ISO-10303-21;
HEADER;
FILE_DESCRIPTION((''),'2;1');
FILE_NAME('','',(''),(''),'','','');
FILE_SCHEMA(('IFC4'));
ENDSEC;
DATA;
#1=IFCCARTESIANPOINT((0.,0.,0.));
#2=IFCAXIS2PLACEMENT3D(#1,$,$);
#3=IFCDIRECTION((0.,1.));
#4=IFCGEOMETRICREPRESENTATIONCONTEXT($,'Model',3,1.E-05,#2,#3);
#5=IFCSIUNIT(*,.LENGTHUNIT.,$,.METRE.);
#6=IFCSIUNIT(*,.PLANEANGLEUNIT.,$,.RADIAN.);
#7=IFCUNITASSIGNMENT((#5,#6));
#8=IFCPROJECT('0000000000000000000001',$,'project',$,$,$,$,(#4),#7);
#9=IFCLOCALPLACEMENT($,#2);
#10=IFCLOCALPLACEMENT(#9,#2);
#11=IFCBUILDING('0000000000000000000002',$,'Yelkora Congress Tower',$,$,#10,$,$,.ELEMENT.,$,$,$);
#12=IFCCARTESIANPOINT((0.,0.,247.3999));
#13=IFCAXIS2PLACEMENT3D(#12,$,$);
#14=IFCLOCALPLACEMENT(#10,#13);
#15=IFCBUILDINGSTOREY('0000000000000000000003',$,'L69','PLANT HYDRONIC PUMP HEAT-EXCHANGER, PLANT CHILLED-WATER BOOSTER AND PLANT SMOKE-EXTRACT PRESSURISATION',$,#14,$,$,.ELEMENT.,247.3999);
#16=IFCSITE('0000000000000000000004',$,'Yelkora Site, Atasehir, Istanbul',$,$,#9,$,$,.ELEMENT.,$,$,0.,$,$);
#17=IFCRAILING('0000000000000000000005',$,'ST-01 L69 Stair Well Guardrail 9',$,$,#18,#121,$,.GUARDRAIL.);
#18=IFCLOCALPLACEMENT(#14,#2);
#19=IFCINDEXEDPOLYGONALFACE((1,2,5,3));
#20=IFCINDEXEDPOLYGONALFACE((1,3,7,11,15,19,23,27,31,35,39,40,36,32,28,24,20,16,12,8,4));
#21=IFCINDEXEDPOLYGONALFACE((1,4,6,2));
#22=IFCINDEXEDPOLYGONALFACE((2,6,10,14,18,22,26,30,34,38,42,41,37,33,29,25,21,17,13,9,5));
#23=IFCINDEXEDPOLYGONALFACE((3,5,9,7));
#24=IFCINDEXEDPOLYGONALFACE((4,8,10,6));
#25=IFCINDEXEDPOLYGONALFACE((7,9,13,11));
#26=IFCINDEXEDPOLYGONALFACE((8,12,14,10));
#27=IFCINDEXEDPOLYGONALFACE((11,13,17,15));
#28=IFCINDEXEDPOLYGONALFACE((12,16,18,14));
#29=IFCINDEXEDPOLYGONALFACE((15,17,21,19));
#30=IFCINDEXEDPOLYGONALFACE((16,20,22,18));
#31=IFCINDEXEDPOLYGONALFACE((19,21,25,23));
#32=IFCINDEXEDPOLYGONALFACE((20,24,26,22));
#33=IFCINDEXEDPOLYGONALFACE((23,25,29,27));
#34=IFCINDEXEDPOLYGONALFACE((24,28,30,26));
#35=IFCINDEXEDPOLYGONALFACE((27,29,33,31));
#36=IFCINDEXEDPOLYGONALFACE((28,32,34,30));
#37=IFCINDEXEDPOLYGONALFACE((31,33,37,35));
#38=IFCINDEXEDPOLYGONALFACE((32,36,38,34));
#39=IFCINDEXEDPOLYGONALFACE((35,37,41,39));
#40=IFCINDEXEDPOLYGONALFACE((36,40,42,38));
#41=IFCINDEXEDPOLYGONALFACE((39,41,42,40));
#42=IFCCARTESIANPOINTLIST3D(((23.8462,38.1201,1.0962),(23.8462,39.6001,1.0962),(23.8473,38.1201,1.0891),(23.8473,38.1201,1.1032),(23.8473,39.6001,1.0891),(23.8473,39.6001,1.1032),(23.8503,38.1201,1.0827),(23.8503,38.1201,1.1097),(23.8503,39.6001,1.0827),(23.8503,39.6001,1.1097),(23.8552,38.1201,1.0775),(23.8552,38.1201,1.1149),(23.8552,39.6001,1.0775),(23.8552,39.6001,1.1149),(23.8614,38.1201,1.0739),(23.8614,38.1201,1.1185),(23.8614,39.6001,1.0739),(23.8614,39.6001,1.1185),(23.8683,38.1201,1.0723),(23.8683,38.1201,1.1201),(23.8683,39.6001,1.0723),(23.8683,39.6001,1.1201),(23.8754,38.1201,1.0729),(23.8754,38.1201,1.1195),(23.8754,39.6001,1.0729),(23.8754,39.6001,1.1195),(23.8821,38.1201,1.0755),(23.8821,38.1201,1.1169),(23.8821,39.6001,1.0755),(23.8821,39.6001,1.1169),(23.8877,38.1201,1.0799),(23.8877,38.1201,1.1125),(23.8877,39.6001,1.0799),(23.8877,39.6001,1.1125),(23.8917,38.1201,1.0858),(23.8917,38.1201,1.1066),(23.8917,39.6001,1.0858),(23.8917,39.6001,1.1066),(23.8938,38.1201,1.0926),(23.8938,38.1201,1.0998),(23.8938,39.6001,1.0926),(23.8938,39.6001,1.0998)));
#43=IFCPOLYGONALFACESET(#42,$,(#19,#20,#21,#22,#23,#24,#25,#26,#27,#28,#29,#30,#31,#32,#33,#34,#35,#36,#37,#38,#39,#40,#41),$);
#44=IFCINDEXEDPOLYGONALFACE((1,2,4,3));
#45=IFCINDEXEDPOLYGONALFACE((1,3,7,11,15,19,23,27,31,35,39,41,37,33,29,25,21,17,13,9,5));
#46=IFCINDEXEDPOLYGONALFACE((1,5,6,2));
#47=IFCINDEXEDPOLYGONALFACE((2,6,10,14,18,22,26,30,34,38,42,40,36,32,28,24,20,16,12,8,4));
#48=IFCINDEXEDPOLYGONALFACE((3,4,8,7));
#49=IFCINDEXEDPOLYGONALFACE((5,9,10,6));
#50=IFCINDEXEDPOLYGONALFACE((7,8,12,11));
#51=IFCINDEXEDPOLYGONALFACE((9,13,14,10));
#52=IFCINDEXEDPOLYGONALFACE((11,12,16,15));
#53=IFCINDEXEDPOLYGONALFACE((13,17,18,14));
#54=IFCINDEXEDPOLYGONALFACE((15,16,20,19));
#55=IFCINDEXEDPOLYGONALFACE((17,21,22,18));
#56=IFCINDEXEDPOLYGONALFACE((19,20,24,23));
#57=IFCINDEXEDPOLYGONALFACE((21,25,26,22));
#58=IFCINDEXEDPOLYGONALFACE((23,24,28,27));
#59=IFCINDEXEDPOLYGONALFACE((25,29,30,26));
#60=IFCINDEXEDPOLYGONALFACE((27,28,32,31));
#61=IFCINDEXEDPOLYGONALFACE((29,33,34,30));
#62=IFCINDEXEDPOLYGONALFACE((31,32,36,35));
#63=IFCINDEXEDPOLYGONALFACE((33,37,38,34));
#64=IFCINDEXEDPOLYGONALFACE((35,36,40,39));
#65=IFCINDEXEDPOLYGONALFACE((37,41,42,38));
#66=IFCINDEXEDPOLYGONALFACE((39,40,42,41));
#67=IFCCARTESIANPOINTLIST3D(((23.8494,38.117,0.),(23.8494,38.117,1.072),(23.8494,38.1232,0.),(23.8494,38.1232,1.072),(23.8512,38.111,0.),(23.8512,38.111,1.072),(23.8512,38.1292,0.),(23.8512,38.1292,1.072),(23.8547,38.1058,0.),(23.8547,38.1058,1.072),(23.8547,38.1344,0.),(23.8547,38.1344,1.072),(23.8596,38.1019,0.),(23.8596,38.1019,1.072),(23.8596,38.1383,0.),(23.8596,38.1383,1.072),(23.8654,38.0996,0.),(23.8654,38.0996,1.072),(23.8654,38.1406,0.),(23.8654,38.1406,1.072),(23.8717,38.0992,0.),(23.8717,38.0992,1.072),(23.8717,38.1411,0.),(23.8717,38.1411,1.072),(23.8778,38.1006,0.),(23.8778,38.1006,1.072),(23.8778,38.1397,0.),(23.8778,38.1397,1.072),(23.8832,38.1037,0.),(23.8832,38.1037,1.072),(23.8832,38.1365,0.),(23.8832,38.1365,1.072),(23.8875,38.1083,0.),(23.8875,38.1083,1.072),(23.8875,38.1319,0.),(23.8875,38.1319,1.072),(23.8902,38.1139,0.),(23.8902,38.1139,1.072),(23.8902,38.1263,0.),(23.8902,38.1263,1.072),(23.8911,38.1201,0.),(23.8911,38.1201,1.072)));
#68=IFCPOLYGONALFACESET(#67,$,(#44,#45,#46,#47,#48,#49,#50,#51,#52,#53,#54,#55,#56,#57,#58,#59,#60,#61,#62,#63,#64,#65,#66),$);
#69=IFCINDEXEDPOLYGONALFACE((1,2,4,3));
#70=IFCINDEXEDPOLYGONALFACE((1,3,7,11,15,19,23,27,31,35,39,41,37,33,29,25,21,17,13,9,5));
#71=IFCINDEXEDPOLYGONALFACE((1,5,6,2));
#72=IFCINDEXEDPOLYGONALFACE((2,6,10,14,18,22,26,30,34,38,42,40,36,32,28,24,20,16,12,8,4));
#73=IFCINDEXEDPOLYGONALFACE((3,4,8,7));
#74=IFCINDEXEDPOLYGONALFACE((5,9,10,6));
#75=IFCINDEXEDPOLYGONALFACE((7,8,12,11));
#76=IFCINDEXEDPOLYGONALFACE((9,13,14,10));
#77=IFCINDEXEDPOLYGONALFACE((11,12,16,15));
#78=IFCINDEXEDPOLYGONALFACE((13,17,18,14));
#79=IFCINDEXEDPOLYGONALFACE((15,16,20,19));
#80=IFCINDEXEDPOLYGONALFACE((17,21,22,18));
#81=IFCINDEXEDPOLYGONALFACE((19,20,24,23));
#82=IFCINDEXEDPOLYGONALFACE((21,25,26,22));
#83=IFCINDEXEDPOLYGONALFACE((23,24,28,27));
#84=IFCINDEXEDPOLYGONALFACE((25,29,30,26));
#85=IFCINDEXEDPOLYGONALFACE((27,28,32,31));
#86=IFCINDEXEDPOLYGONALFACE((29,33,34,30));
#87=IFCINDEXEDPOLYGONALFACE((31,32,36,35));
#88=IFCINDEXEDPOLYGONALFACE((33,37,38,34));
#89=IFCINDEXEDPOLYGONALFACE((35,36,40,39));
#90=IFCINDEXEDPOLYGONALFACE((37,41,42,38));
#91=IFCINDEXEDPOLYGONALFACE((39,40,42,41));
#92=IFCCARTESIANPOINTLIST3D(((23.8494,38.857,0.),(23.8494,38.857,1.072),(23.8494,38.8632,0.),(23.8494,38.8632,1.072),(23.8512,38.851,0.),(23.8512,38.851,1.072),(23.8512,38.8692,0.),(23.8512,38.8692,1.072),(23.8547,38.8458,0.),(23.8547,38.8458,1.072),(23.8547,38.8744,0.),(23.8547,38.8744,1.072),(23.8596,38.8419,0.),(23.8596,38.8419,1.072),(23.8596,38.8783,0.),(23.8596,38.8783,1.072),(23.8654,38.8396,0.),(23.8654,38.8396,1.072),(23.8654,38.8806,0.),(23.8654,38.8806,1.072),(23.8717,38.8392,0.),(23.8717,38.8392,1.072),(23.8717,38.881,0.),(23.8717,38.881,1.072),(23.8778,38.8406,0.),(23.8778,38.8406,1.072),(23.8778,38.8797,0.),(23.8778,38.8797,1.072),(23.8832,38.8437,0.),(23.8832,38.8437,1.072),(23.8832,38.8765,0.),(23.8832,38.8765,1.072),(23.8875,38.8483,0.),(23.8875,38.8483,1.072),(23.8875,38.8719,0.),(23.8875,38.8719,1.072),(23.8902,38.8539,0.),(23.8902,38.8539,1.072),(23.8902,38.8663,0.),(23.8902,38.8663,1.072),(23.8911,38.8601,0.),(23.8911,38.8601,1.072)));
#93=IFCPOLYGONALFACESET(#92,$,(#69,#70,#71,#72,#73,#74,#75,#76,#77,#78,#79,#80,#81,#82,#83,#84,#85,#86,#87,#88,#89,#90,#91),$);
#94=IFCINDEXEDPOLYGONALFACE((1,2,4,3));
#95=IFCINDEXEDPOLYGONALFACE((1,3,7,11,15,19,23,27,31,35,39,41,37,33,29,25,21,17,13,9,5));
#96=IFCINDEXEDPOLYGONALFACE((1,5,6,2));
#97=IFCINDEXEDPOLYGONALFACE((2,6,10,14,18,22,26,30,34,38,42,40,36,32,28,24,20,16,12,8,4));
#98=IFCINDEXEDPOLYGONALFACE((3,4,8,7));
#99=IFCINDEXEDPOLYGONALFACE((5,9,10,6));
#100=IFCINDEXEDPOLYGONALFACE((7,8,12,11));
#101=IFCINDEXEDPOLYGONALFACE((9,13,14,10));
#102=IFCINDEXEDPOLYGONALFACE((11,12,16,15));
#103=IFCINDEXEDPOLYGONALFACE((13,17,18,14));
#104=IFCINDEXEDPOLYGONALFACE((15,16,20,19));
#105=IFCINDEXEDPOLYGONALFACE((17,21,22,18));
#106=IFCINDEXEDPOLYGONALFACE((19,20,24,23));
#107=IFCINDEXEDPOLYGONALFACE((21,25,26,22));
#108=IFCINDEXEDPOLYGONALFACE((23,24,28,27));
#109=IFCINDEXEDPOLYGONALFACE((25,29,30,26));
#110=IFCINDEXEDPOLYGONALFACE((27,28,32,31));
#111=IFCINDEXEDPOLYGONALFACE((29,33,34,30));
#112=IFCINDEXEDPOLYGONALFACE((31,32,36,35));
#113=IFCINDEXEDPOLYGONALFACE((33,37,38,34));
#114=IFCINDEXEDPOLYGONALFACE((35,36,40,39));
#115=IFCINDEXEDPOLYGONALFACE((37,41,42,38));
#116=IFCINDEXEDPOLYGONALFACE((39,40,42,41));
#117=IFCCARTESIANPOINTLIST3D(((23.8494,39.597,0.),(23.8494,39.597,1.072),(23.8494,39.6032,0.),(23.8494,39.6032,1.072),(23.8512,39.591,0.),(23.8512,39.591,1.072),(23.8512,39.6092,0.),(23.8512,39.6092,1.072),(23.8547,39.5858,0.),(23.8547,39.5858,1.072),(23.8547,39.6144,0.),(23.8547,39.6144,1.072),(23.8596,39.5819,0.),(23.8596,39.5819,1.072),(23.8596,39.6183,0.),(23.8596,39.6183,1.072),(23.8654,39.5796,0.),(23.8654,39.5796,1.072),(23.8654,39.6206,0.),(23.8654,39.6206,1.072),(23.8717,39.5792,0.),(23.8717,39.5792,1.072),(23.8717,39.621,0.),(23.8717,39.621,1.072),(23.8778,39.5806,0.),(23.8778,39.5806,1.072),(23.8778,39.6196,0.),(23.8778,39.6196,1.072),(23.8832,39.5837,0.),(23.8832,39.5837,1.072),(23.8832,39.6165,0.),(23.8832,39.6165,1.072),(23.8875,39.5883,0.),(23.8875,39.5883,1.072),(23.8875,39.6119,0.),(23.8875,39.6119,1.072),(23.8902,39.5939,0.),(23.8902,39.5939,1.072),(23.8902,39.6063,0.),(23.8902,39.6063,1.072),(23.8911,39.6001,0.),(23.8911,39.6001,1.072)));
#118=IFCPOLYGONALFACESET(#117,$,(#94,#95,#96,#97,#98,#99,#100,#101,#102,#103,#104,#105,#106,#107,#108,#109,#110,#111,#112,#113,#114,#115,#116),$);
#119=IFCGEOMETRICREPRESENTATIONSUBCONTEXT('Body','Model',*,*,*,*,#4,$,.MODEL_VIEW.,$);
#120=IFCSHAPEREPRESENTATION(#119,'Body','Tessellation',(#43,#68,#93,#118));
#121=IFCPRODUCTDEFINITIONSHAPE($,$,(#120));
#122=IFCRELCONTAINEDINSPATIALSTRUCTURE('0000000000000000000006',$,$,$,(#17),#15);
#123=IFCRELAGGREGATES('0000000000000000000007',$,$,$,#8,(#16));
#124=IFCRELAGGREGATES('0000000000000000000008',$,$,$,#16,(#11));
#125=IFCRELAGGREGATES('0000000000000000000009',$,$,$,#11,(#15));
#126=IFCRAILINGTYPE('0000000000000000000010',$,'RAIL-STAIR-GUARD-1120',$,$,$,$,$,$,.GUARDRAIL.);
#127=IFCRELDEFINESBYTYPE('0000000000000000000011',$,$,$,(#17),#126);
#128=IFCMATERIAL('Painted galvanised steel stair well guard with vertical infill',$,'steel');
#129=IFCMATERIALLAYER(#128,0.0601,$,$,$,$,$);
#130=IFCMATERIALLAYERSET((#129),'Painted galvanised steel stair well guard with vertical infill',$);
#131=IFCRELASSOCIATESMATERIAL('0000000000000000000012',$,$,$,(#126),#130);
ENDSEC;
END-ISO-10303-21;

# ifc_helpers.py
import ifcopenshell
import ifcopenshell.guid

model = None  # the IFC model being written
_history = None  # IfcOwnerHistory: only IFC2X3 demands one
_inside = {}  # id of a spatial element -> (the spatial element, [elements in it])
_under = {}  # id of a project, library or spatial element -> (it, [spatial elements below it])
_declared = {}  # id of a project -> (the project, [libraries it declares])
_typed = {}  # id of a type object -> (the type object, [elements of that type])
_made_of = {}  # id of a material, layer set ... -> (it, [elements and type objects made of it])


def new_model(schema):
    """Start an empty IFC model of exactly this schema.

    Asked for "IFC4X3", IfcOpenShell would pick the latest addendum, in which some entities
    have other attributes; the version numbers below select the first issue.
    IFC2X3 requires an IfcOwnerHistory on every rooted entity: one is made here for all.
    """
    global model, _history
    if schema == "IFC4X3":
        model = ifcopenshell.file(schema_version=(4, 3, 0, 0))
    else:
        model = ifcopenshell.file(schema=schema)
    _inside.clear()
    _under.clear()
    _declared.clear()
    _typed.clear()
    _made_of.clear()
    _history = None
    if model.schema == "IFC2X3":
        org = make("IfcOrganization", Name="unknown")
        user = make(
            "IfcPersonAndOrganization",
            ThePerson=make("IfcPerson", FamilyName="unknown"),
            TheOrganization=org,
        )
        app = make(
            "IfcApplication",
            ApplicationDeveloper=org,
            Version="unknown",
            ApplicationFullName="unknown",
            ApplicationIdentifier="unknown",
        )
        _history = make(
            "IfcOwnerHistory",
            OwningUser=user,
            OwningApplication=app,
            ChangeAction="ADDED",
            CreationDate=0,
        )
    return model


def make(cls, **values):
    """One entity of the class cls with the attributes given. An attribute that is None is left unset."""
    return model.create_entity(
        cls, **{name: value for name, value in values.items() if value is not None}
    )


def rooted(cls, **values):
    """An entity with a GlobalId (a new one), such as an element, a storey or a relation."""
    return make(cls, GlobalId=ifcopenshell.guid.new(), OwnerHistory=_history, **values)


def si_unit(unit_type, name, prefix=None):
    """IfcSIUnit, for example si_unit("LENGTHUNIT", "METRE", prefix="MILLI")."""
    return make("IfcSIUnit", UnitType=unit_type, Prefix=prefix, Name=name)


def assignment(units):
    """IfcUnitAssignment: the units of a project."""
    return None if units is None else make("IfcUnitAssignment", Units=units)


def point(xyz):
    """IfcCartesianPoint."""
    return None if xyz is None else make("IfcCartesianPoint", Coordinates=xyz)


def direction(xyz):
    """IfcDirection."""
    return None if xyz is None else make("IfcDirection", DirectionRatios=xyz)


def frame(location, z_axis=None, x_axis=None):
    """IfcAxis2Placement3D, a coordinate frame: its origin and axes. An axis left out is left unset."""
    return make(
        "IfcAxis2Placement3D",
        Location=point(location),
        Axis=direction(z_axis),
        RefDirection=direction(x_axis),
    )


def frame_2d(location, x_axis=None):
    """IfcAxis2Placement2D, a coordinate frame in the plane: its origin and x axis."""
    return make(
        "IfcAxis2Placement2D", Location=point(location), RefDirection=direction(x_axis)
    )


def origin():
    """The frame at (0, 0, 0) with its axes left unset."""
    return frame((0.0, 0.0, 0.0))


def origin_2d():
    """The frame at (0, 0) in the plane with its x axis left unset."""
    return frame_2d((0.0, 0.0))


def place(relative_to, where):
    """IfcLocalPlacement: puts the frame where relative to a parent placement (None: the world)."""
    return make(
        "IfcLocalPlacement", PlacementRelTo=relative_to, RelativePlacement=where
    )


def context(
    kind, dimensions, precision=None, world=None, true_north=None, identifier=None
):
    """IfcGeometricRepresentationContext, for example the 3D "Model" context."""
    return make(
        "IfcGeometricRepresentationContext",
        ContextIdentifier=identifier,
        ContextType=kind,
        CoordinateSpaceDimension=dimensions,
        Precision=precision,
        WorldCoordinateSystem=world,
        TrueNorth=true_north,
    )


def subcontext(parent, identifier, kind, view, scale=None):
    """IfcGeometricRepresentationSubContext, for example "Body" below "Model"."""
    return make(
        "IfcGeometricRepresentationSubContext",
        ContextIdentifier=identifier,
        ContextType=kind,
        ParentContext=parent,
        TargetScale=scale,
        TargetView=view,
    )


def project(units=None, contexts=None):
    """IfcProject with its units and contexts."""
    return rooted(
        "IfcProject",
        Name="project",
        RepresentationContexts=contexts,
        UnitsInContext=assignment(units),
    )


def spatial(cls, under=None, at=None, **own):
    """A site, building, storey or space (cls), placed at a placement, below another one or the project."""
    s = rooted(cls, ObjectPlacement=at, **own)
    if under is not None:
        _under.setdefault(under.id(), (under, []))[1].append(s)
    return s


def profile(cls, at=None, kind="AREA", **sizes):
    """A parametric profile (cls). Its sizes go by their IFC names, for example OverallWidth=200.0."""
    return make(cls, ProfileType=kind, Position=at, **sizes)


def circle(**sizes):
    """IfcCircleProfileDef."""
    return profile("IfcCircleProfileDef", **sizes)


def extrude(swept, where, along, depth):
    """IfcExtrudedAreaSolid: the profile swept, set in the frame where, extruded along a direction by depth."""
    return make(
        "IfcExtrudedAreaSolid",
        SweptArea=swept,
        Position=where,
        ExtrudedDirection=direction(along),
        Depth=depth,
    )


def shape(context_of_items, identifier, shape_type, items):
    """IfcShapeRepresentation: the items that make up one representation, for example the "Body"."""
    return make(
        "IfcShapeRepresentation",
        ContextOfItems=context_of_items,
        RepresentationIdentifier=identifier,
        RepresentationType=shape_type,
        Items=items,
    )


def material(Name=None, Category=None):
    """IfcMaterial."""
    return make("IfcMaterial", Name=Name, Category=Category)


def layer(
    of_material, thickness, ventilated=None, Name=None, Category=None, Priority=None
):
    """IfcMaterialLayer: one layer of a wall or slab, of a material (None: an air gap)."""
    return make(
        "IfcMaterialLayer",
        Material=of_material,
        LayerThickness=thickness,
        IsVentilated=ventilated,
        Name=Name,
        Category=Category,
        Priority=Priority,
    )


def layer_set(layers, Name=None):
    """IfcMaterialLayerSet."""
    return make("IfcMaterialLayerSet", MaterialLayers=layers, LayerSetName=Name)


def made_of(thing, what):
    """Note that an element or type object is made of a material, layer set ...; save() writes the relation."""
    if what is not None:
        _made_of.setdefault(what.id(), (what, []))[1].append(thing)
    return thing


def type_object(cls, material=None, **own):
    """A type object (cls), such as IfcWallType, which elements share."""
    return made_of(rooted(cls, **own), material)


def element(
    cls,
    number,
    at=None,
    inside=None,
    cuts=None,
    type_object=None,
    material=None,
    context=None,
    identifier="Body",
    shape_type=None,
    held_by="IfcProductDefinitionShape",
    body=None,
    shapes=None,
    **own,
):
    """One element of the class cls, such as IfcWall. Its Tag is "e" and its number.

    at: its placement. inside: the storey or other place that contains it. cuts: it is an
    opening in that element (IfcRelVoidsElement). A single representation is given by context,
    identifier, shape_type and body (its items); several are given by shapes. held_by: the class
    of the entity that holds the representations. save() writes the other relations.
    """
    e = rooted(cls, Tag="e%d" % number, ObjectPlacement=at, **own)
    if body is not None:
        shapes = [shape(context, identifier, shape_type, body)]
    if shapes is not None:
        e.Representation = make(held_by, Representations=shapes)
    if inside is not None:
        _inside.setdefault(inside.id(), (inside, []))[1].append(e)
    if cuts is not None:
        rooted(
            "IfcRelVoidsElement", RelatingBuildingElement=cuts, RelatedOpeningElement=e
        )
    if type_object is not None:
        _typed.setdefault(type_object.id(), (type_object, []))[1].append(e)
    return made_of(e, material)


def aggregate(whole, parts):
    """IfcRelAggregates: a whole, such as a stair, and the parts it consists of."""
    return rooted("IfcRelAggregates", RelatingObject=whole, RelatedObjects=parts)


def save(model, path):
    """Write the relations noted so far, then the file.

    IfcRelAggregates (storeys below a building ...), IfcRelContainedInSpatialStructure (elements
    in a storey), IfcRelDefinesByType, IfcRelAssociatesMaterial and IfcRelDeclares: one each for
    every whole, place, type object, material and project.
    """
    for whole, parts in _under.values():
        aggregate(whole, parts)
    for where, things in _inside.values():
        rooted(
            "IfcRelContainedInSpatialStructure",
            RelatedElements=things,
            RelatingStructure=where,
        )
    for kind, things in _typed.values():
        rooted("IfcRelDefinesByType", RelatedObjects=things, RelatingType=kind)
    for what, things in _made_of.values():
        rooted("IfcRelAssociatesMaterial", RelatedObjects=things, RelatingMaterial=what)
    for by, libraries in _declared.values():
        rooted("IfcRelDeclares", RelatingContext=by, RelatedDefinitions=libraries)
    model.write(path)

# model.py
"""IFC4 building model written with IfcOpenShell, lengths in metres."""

from ifc_helpers import new_model, si_unit, direction, frame, origin, origin_2d, place, context, subcontext, project, spatial, circle, extrude, material, layer, layer_set, type_object, element, save


model = new_model("IFC4")

# Units and contexts
model_context = context("Model", 3, precision=1e-05, world=origin(), true_north=direction((0.0, 1.0)))
body_context = subcontext(model_context, "Body", "Model", "MODEL_VIEW")
ifc_project = project(units=[si_unit("LENGTHUNIT", "METRE"), si_unit("PLANEANGLEUNIT", "RADIAN")], contexts=[model_context])

# Site, building, storey
site_placement = place(None, origin())
site = spatial("IfcSite", under=ifc_project, at=site_placement, Name="Yelkora Site, Atasehir, Istanbul", CompositionType="ELEMENT", RefElevation=0.0)
building_placement = place(site_placement, origin())
building = spatial("IfcBuilding", under=site, at=building_placement, Name="Yelkora Congress Tower", CompositionType="ELEMENT")
storey_placement = place(building_placement, frame((0.0, 0.0, 247.3999)))
storey = spatial("IfcBuildingStorey", under=building, at=storey_placement, Name="L69", Description="PLANT HYDRONIC PUMP HEAT-EXCHANGER, PLANT CHILLED-WATER BOOSTER AND PLANT SMOKE-EXTRACT PRESSURISATION", CompositionType="ELEMENT", Elevation=247.3999)

# Railing
ifc_material_1 = material(Name="Painted galvanised steel stair well guard with vertical infill", Category="steel")
ifc_layer_1 = layer(ifc_material_1, 0.0601)
ifc_layer_set_1 = layer_set([ifc_layer_1], Name="Painted galvanised steel stair well guard with vertical infill")
railing_type_1 = type_object("IfcRailingType", Name="RAIL-STAIR-GUARD-1120", PredefinedType="GUARDRAIL", material=ifc_layer_set_1)
railing_1_placement = place(storey_placement, frame((23.8701, 38.1201, 0.0)))
element("IfcRailing", 1, at=railing_1_placement, inside=storey, type_object=railing_type_1, Name="ST-01 L69 Stair Well Guardrail 9", PredefinedType="GUARDRAIL", context=body_context, shape_type="SweptSolid", body=[
    extrude(circle(Radius=0.0239, at=origin_2d()), frame((0.0, 0.0, 1.0962), z_axis=(0.0, 1.0, 0.0), x_axis=(-1.0, 0.0, 0.0)), (0.0, 0.0, 1.0), 1.48),
    extrude(circle(Radius=0.021, at=origin_2d()), origin(), (0.0, 0.0, 1.0), 1.072),
    extrude(circle(Radius=0.021, at=origin_2d()), frame((0.0, 0.74, 0.0)), (0.0, 0.0, 1.0), 1.072),
    extrude(circle(Radius=0.021, at=origin_2d()), frame((0.0, 1.48, 0.0)), (0.0, 0.0, 1.0), 1.072),
])

save(model, "model.ifc")
